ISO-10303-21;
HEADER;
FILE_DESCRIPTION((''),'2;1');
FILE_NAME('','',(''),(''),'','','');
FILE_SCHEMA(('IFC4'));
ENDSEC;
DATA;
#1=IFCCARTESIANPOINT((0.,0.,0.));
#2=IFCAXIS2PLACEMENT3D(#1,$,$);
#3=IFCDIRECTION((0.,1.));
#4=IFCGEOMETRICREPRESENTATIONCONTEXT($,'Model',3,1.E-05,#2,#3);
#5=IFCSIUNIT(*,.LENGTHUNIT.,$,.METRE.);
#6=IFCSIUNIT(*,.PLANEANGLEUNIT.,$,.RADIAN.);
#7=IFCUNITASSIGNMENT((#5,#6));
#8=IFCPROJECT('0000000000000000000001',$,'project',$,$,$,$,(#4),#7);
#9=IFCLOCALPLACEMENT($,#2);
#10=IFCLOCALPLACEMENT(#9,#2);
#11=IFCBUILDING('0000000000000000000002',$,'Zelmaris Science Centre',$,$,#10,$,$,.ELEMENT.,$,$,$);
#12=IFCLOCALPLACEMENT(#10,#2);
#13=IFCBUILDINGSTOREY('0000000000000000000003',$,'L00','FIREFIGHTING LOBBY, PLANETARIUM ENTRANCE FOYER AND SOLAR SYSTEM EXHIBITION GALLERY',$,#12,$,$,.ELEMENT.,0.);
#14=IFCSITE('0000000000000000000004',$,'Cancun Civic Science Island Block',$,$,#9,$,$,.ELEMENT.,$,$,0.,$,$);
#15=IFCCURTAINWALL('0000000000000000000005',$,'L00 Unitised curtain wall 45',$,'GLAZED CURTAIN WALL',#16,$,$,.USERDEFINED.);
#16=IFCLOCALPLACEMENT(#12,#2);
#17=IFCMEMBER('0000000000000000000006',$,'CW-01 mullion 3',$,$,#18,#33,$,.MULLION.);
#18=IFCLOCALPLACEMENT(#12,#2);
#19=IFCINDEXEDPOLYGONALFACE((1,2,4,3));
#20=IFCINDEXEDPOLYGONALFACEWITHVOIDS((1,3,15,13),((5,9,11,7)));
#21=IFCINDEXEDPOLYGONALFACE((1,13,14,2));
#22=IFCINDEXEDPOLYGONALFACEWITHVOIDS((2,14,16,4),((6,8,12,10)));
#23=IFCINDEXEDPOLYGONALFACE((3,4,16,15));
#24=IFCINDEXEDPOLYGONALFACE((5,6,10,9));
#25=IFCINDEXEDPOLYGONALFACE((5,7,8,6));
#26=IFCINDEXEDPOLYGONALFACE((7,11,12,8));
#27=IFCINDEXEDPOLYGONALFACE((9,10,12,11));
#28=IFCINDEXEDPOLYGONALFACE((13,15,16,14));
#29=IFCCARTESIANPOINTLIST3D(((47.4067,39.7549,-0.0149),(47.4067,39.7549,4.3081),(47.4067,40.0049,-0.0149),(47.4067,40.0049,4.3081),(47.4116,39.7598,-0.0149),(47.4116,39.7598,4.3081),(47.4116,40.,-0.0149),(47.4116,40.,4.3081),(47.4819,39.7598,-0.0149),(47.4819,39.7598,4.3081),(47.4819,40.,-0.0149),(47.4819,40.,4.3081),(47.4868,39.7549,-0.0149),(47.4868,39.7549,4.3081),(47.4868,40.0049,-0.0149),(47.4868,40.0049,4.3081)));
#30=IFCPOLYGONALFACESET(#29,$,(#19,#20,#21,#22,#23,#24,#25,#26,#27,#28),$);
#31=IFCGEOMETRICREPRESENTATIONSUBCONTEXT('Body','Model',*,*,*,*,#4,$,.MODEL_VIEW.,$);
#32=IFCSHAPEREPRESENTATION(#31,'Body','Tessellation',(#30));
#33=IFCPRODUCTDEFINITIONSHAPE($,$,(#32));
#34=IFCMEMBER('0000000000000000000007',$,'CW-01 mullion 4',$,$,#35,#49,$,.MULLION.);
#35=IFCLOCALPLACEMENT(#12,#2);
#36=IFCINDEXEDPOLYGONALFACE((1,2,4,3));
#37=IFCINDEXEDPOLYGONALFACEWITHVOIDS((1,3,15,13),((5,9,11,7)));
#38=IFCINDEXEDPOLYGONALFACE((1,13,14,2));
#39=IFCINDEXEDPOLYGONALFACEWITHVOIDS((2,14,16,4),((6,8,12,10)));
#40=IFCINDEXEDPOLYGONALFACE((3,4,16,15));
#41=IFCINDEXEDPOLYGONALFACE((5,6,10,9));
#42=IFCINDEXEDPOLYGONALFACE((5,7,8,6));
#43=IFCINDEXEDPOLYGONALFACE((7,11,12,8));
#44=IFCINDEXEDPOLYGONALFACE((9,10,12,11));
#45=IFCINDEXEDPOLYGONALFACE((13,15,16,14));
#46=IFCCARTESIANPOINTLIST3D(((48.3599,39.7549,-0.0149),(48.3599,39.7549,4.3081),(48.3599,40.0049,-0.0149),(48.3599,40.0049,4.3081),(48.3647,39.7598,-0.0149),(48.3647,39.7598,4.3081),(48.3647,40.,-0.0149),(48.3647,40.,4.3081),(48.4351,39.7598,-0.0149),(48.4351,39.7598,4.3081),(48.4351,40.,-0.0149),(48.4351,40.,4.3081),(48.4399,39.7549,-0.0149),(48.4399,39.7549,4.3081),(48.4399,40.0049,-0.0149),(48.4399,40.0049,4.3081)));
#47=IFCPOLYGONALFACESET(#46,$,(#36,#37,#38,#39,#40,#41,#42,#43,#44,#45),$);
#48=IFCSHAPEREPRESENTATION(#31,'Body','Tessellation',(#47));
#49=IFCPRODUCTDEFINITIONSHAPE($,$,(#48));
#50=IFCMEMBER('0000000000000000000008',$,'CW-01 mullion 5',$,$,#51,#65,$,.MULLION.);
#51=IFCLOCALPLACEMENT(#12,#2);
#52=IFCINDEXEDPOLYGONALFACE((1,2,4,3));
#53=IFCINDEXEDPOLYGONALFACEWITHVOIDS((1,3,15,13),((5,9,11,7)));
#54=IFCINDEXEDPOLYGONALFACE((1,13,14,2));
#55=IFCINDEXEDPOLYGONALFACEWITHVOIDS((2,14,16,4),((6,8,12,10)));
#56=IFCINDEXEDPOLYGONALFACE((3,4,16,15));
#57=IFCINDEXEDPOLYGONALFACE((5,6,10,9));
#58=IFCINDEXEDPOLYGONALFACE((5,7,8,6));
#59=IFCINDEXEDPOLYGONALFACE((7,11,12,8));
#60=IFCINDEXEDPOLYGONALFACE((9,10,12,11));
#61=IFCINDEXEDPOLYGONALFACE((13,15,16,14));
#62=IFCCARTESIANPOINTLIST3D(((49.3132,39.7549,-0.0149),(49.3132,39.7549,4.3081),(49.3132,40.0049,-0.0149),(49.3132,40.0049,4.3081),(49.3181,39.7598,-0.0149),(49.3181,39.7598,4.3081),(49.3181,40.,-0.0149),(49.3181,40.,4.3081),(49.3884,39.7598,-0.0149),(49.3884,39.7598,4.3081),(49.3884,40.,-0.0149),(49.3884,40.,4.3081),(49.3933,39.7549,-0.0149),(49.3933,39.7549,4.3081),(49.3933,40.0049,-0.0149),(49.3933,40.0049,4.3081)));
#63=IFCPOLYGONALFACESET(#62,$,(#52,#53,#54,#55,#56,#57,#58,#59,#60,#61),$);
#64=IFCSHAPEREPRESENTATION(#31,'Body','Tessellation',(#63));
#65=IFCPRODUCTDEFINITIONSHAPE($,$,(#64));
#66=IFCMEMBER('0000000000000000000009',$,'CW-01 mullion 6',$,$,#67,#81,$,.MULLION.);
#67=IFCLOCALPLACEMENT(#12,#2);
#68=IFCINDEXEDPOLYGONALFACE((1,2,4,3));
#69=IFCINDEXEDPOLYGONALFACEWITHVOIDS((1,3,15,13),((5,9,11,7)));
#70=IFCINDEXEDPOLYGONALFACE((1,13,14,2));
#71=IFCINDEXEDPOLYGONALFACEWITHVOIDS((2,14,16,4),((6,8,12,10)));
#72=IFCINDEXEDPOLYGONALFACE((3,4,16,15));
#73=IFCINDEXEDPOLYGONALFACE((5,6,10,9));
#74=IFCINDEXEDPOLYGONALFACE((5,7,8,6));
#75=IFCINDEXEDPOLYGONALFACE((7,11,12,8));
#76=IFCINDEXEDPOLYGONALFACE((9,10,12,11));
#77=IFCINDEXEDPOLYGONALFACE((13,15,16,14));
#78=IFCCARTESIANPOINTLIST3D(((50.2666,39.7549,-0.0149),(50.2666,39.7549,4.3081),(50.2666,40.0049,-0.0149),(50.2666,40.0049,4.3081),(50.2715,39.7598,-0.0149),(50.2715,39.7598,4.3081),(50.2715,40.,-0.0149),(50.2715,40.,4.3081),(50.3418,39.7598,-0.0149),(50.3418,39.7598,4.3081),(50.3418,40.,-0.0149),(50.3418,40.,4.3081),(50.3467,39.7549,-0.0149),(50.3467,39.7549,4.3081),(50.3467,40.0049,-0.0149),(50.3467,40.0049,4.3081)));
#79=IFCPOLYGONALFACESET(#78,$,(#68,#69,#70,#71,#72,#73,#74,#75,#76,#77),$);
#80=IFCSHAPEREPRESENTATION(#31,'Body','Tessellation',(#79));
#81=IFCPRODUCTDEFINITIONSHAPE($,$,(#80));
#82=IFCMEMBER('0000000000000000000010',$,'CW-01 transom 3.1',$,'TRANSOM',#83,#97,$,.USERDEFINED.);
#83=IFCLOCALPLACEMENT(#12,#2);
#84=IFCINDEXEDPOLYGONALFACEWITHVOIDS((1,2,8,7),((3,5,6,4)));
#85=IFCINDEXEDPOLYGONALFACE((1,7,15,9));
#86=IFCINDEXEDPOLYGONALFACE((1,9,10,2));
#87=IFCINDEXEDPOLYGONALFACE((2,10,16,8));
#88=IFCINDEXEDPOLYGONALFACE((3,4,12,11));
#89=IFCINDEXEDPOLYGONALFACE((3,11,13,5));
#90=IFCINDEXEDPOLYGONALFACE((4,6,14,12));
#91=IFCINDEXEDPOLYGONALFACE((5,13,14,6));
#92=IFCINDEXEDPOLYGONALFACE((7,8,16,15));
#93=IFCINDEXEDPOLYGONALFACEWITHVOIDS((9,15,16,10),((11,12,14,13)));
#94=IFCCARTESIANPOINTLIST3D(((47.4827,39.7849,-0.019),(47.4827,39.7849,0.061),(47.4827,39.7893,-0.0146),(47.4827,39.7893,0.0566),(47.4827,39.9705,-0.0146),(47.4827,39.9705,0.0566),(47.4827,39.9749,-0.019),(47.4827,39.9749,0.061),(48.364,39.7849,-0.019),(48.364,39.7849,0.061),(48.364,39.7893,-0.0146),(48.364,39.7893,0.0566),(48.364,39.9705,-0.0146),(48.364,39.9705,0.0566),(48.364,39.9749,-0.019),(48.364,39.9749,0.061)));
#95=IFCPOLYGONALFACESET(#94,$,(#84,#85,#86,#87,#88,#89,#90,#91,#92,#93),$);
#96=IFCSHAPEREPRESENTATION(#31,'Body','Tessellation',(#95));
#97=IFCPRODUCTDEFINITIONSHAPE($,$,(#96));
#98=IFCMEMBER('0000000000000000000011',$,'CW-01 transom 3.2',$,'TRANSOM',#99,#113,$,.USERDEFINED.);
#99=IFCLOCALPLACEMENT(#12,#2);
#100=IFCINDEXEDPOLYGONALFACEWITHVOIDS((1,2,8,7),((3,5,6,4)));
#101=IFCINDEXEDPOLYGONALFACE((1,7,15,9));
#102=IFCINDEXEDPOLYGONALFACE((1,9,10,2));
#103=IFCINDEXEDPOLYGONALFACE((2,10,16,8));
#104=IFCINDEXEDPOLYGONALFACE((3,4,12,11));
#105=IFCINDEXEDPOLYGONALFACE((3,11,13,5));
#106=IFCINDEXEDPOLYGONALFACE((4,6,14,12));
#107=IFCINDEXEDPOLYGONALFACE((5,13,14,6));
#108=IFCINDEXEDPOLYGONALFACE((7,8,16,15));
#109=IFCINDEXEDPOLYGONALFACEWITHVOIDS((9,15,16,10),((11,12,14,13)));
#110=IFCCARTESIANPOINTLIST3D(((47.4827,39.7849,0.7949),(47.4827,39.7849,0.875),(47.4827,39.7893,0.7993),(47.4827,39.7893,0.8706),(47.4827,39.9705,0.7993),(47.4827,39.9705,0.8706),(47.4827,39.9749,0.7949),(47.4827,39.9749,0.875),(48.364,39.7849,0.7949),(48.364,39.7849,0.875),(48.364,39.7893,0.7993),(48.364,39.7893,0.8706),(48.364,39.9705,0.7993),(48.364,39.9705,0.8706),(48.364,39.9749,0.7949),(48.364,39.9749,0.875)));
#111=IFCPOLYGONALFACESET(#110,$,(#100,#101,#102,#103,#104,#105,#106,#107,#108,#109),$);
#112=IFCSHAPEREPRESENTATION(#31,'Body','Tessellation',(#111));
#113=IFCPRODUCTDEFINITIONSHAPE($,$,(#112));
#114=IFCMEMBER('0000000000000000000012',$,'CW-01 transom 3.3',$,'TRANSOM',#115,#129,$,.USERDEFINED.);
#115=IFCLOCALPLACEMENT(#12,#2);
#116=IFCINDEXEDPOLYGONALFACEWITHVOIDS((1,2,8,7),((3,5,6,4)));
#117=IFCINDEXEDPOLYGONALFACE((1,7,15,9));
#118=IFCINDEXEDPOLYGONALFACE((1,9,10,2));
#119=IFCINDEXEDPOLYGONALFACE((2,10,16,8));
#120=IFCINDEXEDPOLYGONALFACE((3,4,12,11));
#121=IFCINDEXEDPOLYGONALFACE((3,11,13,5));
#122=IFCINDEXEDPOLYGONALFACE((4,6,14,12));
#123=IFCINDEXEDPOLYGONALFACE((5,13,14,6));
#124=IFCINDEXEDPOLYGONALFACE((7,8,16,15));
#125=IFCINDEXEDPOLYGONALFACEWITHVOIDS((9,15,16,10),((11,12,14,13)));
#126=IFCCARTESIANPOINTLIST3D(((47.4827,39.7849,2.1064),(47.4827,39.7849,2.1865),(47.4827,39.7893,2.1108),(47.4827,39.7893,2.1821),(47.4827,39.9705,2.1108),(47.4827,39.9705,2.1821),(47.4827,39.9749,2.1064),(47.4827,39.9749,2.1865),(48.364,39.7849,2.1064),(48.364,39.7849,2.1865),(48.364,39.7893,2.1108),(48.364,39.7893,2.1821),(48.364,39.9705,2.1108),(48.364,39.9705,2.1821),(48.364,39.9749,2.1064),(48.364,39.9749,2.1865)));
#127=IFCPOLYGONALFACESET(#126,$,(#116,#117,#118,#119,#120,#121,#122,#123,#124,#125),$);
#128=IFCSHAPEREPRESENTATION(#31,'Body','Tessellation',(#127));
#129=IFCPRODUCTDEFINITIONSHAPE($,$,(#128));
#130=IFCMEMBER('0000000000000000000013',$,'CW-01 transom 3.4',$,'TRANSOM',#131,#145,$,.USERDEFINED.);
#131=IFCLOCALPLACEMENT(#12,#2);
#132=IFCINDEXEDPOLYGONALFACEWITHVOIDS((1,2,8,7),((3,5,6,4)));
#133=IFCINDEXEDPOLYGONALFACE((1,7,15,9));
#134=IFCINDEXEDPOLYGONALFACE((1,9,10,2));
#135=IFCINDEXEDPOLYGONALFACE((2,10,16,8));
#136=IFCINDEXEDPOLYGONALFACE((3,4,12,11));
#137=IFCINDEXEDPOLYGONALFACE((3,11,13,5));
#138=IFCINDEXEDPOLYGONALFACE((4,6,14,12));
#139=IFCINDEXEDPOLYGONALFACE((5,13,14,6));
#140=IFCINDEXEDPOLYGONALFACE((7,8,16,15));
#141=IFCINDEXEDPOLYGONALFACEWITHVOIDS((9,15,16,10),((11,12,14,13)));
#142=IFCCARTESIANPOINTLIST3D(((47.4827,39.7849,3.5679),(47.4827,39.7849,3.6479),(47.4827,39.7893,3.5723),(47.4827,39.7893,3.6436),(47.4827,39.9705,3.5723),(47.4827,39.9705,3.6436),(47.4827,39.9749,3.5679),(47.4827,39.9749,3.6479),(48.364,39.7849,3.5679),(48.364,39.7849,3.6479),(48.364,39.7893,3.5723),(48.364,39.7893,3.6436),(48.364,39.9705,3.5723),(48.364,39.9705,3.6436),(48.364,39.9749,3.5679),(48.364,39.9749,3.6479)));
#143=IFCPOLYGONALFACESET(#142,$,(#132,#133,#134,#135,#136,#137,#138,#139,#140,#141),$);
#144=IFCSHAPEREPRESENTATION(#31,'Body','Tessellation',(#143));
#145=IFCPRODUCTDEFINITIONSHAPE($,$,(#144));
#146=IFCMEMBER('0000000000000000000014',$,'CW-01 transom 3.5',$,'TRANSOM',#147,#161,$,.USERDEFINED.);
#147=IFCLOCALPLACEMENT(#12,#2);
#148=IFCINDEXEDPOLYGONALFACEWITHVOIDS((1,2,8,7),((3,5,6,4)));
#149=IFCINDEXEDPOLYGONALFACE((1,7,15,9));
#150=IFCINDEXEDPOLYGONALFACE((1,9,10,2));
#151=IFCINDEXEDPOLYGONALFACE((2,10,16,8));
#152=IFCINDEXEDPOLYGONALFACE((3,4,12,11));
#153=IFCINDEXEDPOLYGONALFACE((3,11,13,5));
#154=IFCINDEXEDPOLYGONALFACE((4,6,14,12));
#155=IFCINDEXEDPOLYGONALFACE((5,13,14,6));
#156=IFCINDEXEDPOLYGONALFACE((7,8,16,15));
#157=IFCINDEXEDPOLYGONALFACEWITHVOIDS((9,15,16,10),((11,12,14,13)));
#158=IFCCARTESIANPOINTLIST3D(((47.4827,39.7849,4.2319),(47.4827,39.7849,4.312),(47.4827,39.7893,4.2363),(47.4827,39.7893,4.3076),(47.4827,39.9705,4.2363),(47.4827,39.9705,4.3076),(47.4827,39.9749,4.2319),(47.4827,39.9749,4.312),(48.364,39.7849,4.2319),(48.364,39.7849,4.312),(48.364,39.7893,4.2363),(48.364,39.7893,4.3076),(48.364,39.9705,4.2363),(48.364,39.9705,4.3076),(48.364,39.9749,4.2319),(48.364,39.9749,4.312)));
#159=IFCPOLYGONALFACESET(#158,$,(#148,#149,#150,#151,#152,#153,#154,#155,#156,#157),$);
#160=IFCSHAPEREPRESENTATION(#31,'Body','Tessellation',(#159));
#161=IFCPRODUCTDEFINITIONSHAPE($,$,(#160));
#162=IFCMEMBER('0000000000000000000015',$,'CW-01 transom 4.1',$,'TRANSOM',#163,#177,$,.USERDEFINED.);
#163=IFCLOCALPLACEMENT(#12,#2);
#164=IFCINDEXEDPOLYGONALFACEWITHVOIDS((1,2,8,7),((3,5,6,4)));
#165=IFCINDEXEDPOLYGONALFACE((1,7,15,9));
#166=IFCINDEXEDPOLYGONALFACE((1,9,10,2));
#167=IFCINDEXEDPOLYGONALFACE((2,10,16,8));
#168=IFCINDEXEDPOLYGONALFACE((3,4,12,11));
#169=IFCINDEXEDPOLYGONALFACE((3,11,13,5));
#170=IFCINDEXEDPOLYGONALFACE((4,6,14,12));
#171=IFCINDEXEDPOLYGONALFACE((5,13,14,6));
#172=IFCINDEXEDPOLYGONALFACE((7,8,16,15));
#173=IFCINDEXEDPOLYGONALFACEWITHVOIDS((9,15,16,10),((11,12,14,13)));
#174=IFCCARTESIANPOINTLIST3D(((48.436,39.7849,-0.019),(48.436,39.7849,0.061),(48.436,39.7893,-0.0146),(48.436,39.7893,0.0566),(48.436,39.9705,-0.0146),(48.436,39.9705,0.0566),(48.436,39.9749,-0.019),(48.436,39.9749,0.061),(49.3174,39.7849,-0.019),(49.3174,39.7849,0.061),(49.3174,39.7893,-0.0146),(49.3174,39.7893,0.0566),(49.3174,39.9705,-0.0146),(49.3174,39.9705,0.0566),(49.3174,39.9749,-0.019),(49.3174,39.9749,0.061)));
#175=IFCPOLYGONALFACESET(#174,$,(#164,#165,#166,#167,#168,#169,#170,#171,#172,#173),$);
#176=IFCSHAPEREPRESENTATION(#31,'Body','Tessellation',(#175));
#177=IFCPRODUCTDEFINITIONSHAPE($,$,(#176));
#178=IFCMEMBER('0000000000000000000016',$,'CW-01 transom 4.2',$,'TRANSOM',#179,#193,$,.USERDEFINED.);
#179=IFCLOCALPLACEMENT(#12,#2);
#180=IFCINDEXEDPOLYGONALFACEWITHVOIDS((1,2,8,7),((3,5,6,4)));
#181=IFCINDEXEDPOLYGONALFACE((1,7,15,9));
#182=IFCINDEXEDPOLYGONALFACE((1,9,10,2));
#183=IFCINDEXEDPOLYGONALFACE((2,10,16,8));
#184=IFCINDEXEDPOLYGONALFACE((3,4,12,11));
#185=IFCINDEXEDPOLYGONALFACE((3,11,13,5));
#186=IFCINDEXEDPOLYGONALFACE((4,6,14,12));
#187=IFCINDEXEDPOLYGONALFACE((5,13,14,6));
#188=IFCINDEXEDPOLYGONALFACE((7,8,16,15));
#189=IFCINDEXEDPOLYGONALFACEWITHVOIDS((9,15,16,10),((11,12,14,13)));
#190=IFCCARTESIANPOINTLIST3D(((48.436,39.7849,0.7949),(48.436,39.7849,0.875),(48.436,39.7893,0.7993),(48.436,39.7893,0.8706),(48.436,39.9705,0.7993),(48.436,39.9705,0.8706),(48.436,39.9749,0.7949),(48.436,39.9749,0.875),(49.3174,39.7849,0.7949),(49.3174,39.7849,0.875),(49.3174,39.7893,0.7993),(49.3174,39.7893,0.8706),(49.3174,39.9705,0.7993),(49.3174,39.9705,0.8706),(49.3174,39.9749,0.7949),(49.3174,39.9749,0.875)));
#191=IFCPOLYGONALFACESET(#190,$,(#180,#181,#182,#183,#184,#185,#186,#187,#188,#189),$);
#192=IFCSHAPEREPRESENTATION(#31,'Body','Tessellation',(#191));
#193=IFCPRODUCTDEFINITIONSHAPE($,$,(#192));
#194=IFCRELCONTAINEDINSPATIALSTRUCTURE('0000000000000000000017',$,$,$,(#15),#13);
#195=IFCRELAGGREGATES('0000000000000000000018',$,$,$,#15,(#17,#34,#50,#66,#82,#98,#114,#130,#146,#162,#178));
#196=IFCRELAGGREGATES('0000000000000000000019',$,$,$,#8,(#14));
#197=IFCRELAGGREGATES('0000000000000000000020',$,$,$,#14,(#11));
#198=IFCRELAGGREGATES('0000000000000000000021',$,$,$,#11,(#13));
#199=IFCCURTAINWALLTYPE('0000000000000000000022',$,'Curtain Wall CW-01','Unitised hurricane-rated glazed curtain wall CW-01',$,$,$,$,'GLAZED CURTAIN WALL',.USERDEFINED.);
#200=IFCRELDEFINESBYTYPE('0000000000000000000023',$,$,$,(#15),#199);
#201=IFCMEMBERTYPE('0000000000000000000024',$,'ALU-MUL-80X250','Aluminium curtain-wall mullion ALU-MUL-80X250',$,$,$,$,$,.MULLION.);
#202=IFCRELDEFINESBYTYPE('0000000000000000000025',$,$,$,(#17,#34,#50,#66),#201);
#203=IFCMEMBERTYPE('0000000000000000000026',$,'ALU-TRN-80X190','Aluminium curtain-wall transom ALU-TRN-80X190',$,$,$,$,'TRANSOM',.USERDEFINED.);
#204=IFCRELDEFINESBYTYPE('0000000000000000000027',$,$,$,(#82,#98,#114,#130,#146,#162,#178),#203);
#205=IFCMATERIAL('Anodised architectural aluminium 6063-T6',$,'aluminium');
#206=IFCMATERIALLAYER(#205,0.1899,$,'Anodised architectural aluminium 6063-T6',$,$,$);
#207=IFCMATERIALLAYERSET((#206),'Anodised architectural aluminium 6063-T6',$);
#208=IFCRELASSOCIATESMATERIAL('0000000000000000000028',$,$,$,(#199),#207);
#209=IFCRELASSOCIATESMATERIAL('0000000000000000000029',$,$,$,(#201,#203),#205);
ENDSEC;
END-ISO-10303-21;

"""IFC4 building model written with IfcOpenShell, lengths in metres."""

from ifc_helpers import new_model, si_unit, direction, frame, origin, origin_2d, place, context, subcontext, project, spatial, hollow_rectangle, extrude, material, layer, layer_set, material_profile, profile_set, type_object, element, aggregate, save


model = new_model("IFC4")

# Units and contexts
model_context = context("Model", 3, precision=1e-05, world=origin(), true_north=direction((0.0, 1.0)))
body_context = subcontext(model_context, "Body", "Model", "MODEL_VIEW")
ifc_project = project(units=[si_unit("LENGTHUNIT", "METRE"), si_unit("PLANEANGLEUNIT", "RADIAN")], contexts=[model_context])

# Site, building, storey
site_placement = place(None, origin())
site = spatial("IfcSite", under=ifc_project, at=site_placement, Name="Cancun Civic Science Island Block", CompositionType="ELEMENT", RefElevation=0.0)
building_placement = place(site_placement, origin())
building = spatial("IfcBuilding", under=site, at=building_placement, Name="Zelmaris Science Centre", CompositionType="ELEMENT")
storey_placement = place(building_placement, origin())
storey = spatial("IfcBuildingStorey", under=building, at=storey_placement, Name="L00", Description="FIREFIGHTING LOBBY, PLANETARIUM ENTRANCE FOYER AND SOLAR SYSTEM EXHIBITION GALLERY", CompositionType="ELEMENT", Elevation=0.0)

# Curtain wall, members
ifc_material_1 = material(Name="Anodised architectural aluminium 6063-T6", Category="aluminium")
ifc_layer_1 = layer(ifc_material_1, 0.1899, Name="Anodised architectural aluminium 6063-T6")
ifc_layer_set_1 = layer_set([ifc_layer_1], Name="Anodised architectural aluminium 6063-T6")
curtain_wall_type = type_object("IfcCurtainWallType", Name="Curtain Wall CW-01", Description="Unitised hurricane-rated glazed curtain wall CW-01", ElementType="GLAZED CURTAIN WALL", PredefinedType="USERDEFINED", material=ifc_layer_set_1)
curtain_wall_placement = place(storey_placement, origin())
curtain_wall = element("IfcCurtainWall", 1, at=curtain_wall_placement, inside=storey, type_object=curtain_wall_type, Name="L00 Unitised curtain wall 45", ObjectType="GLAZED CURTAIN WALL", PredefinedType="USERDEFINED")
ifc_material_profile_1 = material_profile(ifc_material_1, hollow_rectangle(XDim=0.0801, YDim=0.25, WallThickness=0.0049, at=origin_2d()), Name="ALU-MUL-80X250")
ifc_profile_set_1 = profile_set([ifc_material_profile_1], Name="Anodised architectural aluminium 6063-T6")
member_type_1 = type_object("IfcMemberType", Name="ALU-MUL-80X250", Description="Aluminium curtain-wall mullion ALU-MUL-80X250", PredefinedType="MULLION", material=ifc_profile_set_1)
member_1_placement = place(storey_placement, frame((47.4468, 39.8799, -0.0149), z_axis=(0.0, 0.0, 1.0), x_axis=(1.0, -0.000003, 0.0)))
member_1 = element("IfcMember", 2, at=member_1_placement, type_object=member_type_1, Name="CW-01 mullion 3", PredefinedType="MULLION", context=body_context, shape_type="SweptSolid", body=[
    extrude(hollow_rectangle(XDim=0.0801, YDim=0.25, WallThickness=0.0049, at=origin_2d()), origin(), (0.0, 0.0, 1.0), 4.323),
])
member_2_placement = place(storey_placement, frame((48.3999, 39.8799, -0.0149), z_axis=(0.0, 0.0, 1.0), x_axis=(1.0, -0.000003, 0.0)))
member_2 = element("IfcMember", 3, at=member_2_placement, type_object=member_type_1, Name="CW-01 mullion 4", PredefinedType="MULLION", context=body_context, shape_type="SweptSolid", body=[
    extrude(hollow_rectangle(XDim=0.0801, YDim=0.25, WallThickness=0.0049, at=origin_2d()), origin(), (0.0, 0.0, 1.0), 4.323),
])
member_3_placement = place(storey_placement, frame((49.3533, 39.8799, -0.0149), z_axis=(0.0, 0.0, 1.0), x_axis=(1.0, -0.000003, 0.0)))
member_3 = element("IfcMember", 4, at=member_3_placement, type_object=member_type_1, Name="CW-01 mullion 5", PredefinedType="MULLION", context=body_context, shape_type="SweptSolid", body=[
    extrude(hollow_rectangle(XDim=0.0801, YDim=0.25, WallThickness=0.0049, at=origin_2d()), origin(), (0.0, 0.0, 1.0), 4.323),
])
member_4_placement = place(storey_placement, frame((50.3066, 39.8799, -0.0149), z_axis=(0.0, 0.0, 1.0), x_axis=(1.0, -0.000003, 0.0)))
member_4 = element("IfcMember", 5, at=member_4_placement, type_object=member_type_1, Name="CW-01 mullion 6", PredefinedType="MULLION", context=body_context, shape_type="SweptSolid", body=[
    extrude(hollow_rectangle(XDim=0.0801, YDim=0.25, WallThickness=0.0049, at=origin_2d()), origin(), (0.0, 0.0, 1.0), 4.323),
])
ifc_material_profile_2 = material_profile(ifc_material_1, hollow_rectangle(XDim=0.0801, YDim=0.1899, WallThickness=0.0044, at=origin_2d()), Name="ALU-TRN-80X190")
ifc_profile_set_2 = profile_set([ifc_material_profile_2], Name="Anodised architectural aluminium 6063-T6")
member_type_2 = type_object("IfcMemberType", Name="ALU-TRN-80X190", Description="Aluminium curtain-wall transom ALU-TRN-80X190", ElementType="TRANSOM", PredefinedType="USERDEFINED", material=ifc_profile_set_2)
member_5_placement = place(storey_placement, frame((47.4827, 39.8799, 0.021), z_axis=(1.0, 0.0, 0.0), x_axis=(0.0, 0.0, 1.0)))
member_5 = element("IfcMember", 6, at=member_5_placement, type_object=member_type_2, Name="CW-01 transom 3.1", ObjectType="TRANSOM", PredefinedType="USERDEFINED", context=body_context, shape_type="SweptSolid", body=[
    extrude(hollow_rectangle(XDim=0.0801, YDim=0.1899, WallThickness=0.0044, at=origin_2d()), origin(), (0.0, 0.0, 1.0), 0.8813),
])
member_6_placement = place(storey_placement, frame((47.4827, 39.8799, 0.835), z_axis=(1.0, 0.0, 0.0), x_axis=(0.0, 0.0, 1.0)))
member_6 = element("IfcMember", 7, at=member_6_placement, type_object=member_type_2, Name="CW-01 transom 3.2", ObjectType="TRANSOM", PredefinedType="USERDEFINED", context=body_context, shape_type="SweptSolid", body=[
    extrude(hollow_rectangle(XDim=0.0801, YDim=0.1899, WallThickness=0.0044, at=origin_2d()), origin(), (0.0, 0.0, 1.0), 0.8813),
])
member_7_placement = place(storey_placement, frame((47.4827, 39.8799, 2.1465), z_axis=(1.0, 0.0, 0.0), x_axis=(0.0, 0.0, 1.0)))
member_7 = element("IfcMember", 8, at=member_7_placement, type_object=member_type_2, Name="CW-01 transom 3.3", ObjectType="TRANSOM", PredefinedType="USERDEFINED", context=body_context, shape_type="SweptSolid", body=[
    extrude(hollow_rectangle(XDim=0.0801, YDim=0.1899, WallThickness=0.0044, at=origin_2d()), origin(), (0.0, 0.0, 1.0), 0.8813),
])
member_8_placement = place(storey_placement, frame((47.4827, 39.8799, 3.6079), z_axis=(1.0, 0.0, 0.0), x_axis=(0.0, 0.0, 1.0)))
member_8 = element("IfcMember", 9, at=member_8_placement, type_object=member_type_2, Name="CW-01 transom 3.4", ObjectType="TRANSOM", PredefinedType="USERDEFINED", context=body_context, shape_type="SweptSolid", body=[
    extrude(hollow_rectangle(XDim=0.0801, YDim=0.1899, WallThickness=0.0044, at=origin_2d()), origin(), (0.0, 0.0, 1.0), 0.8813),
])
member_9_placement = place(storey_placement, frame((47.4827, 39.8799, 4.272), z_axis=(1.0, 0.0, 0.0), x_axis=(0.0, 0.0, 1.0)))
member_9 = element("IfcMember", 10, at=member_9_placement, type_object=member_type_2, Name="CW-01 transom 3.5", ObjectType="TRANSOM", PredefinedType="USERDEFINED", context=body_context, shape_type="SweptSolid", body=[
    extrude(hollow_rectangle(XDim=0.0801, YDim=0.1899, WallThickness=0.0044, at=origin_2d()), origin(), (0.0, 0.0, 1.0), 0.8813),
])
member_10_placement = place(storey_placement, frame((48.436, 39.8799, 0.021), z_axis=(1.0, 0.0, 0.0), x_axis=(0.0, 0.0, 1.0)))
member_10 = element("IfcMember", 11, at=member_10_placement, type_object=member_type_2, Name="CW-01 transom 4.1", ObjectType="TRANSOM", PredefinedType="USERDEFINED", context=body_context, shape_type="SweptSolid", body=[
    extrude(hollow_rectangle(XDim=0.0801, YDim=0.1899, WallThickness=0.0044, at=origin_2d()), origin(), (0.0, 0.0, 1.0), 0.8813),
])
member_11_placement = place(storey_placement, frame((48.436, 39.8799, 0.835), z_axis=(1.0, 0.0, 0.0), x_axis=(0.0, 0.0, 1.0)))
member_11 = element("IfcMember", 12, at=member_11_placement, type_object=member_type_2, Name="CW-01 transom 4.2", ObjectType="TRANSOM", PredefinedType="USERDEFINED", context=body_context, shape_type="SweptSolid", body=[
    extrude(hollow_rectangle(XDim=0.0801, YDim=0.1899, WallThickness=0.0044, at=origin_2d()), origin(), (0.0, 0.0, 1.0), 0.8813),
])
aggregate(curtain_wall, [member_1, member_2, member_3, member_4, member_5, member_6, member_7, member_8, member_9, member_10, member_11])

save(model, "model.ifc")
